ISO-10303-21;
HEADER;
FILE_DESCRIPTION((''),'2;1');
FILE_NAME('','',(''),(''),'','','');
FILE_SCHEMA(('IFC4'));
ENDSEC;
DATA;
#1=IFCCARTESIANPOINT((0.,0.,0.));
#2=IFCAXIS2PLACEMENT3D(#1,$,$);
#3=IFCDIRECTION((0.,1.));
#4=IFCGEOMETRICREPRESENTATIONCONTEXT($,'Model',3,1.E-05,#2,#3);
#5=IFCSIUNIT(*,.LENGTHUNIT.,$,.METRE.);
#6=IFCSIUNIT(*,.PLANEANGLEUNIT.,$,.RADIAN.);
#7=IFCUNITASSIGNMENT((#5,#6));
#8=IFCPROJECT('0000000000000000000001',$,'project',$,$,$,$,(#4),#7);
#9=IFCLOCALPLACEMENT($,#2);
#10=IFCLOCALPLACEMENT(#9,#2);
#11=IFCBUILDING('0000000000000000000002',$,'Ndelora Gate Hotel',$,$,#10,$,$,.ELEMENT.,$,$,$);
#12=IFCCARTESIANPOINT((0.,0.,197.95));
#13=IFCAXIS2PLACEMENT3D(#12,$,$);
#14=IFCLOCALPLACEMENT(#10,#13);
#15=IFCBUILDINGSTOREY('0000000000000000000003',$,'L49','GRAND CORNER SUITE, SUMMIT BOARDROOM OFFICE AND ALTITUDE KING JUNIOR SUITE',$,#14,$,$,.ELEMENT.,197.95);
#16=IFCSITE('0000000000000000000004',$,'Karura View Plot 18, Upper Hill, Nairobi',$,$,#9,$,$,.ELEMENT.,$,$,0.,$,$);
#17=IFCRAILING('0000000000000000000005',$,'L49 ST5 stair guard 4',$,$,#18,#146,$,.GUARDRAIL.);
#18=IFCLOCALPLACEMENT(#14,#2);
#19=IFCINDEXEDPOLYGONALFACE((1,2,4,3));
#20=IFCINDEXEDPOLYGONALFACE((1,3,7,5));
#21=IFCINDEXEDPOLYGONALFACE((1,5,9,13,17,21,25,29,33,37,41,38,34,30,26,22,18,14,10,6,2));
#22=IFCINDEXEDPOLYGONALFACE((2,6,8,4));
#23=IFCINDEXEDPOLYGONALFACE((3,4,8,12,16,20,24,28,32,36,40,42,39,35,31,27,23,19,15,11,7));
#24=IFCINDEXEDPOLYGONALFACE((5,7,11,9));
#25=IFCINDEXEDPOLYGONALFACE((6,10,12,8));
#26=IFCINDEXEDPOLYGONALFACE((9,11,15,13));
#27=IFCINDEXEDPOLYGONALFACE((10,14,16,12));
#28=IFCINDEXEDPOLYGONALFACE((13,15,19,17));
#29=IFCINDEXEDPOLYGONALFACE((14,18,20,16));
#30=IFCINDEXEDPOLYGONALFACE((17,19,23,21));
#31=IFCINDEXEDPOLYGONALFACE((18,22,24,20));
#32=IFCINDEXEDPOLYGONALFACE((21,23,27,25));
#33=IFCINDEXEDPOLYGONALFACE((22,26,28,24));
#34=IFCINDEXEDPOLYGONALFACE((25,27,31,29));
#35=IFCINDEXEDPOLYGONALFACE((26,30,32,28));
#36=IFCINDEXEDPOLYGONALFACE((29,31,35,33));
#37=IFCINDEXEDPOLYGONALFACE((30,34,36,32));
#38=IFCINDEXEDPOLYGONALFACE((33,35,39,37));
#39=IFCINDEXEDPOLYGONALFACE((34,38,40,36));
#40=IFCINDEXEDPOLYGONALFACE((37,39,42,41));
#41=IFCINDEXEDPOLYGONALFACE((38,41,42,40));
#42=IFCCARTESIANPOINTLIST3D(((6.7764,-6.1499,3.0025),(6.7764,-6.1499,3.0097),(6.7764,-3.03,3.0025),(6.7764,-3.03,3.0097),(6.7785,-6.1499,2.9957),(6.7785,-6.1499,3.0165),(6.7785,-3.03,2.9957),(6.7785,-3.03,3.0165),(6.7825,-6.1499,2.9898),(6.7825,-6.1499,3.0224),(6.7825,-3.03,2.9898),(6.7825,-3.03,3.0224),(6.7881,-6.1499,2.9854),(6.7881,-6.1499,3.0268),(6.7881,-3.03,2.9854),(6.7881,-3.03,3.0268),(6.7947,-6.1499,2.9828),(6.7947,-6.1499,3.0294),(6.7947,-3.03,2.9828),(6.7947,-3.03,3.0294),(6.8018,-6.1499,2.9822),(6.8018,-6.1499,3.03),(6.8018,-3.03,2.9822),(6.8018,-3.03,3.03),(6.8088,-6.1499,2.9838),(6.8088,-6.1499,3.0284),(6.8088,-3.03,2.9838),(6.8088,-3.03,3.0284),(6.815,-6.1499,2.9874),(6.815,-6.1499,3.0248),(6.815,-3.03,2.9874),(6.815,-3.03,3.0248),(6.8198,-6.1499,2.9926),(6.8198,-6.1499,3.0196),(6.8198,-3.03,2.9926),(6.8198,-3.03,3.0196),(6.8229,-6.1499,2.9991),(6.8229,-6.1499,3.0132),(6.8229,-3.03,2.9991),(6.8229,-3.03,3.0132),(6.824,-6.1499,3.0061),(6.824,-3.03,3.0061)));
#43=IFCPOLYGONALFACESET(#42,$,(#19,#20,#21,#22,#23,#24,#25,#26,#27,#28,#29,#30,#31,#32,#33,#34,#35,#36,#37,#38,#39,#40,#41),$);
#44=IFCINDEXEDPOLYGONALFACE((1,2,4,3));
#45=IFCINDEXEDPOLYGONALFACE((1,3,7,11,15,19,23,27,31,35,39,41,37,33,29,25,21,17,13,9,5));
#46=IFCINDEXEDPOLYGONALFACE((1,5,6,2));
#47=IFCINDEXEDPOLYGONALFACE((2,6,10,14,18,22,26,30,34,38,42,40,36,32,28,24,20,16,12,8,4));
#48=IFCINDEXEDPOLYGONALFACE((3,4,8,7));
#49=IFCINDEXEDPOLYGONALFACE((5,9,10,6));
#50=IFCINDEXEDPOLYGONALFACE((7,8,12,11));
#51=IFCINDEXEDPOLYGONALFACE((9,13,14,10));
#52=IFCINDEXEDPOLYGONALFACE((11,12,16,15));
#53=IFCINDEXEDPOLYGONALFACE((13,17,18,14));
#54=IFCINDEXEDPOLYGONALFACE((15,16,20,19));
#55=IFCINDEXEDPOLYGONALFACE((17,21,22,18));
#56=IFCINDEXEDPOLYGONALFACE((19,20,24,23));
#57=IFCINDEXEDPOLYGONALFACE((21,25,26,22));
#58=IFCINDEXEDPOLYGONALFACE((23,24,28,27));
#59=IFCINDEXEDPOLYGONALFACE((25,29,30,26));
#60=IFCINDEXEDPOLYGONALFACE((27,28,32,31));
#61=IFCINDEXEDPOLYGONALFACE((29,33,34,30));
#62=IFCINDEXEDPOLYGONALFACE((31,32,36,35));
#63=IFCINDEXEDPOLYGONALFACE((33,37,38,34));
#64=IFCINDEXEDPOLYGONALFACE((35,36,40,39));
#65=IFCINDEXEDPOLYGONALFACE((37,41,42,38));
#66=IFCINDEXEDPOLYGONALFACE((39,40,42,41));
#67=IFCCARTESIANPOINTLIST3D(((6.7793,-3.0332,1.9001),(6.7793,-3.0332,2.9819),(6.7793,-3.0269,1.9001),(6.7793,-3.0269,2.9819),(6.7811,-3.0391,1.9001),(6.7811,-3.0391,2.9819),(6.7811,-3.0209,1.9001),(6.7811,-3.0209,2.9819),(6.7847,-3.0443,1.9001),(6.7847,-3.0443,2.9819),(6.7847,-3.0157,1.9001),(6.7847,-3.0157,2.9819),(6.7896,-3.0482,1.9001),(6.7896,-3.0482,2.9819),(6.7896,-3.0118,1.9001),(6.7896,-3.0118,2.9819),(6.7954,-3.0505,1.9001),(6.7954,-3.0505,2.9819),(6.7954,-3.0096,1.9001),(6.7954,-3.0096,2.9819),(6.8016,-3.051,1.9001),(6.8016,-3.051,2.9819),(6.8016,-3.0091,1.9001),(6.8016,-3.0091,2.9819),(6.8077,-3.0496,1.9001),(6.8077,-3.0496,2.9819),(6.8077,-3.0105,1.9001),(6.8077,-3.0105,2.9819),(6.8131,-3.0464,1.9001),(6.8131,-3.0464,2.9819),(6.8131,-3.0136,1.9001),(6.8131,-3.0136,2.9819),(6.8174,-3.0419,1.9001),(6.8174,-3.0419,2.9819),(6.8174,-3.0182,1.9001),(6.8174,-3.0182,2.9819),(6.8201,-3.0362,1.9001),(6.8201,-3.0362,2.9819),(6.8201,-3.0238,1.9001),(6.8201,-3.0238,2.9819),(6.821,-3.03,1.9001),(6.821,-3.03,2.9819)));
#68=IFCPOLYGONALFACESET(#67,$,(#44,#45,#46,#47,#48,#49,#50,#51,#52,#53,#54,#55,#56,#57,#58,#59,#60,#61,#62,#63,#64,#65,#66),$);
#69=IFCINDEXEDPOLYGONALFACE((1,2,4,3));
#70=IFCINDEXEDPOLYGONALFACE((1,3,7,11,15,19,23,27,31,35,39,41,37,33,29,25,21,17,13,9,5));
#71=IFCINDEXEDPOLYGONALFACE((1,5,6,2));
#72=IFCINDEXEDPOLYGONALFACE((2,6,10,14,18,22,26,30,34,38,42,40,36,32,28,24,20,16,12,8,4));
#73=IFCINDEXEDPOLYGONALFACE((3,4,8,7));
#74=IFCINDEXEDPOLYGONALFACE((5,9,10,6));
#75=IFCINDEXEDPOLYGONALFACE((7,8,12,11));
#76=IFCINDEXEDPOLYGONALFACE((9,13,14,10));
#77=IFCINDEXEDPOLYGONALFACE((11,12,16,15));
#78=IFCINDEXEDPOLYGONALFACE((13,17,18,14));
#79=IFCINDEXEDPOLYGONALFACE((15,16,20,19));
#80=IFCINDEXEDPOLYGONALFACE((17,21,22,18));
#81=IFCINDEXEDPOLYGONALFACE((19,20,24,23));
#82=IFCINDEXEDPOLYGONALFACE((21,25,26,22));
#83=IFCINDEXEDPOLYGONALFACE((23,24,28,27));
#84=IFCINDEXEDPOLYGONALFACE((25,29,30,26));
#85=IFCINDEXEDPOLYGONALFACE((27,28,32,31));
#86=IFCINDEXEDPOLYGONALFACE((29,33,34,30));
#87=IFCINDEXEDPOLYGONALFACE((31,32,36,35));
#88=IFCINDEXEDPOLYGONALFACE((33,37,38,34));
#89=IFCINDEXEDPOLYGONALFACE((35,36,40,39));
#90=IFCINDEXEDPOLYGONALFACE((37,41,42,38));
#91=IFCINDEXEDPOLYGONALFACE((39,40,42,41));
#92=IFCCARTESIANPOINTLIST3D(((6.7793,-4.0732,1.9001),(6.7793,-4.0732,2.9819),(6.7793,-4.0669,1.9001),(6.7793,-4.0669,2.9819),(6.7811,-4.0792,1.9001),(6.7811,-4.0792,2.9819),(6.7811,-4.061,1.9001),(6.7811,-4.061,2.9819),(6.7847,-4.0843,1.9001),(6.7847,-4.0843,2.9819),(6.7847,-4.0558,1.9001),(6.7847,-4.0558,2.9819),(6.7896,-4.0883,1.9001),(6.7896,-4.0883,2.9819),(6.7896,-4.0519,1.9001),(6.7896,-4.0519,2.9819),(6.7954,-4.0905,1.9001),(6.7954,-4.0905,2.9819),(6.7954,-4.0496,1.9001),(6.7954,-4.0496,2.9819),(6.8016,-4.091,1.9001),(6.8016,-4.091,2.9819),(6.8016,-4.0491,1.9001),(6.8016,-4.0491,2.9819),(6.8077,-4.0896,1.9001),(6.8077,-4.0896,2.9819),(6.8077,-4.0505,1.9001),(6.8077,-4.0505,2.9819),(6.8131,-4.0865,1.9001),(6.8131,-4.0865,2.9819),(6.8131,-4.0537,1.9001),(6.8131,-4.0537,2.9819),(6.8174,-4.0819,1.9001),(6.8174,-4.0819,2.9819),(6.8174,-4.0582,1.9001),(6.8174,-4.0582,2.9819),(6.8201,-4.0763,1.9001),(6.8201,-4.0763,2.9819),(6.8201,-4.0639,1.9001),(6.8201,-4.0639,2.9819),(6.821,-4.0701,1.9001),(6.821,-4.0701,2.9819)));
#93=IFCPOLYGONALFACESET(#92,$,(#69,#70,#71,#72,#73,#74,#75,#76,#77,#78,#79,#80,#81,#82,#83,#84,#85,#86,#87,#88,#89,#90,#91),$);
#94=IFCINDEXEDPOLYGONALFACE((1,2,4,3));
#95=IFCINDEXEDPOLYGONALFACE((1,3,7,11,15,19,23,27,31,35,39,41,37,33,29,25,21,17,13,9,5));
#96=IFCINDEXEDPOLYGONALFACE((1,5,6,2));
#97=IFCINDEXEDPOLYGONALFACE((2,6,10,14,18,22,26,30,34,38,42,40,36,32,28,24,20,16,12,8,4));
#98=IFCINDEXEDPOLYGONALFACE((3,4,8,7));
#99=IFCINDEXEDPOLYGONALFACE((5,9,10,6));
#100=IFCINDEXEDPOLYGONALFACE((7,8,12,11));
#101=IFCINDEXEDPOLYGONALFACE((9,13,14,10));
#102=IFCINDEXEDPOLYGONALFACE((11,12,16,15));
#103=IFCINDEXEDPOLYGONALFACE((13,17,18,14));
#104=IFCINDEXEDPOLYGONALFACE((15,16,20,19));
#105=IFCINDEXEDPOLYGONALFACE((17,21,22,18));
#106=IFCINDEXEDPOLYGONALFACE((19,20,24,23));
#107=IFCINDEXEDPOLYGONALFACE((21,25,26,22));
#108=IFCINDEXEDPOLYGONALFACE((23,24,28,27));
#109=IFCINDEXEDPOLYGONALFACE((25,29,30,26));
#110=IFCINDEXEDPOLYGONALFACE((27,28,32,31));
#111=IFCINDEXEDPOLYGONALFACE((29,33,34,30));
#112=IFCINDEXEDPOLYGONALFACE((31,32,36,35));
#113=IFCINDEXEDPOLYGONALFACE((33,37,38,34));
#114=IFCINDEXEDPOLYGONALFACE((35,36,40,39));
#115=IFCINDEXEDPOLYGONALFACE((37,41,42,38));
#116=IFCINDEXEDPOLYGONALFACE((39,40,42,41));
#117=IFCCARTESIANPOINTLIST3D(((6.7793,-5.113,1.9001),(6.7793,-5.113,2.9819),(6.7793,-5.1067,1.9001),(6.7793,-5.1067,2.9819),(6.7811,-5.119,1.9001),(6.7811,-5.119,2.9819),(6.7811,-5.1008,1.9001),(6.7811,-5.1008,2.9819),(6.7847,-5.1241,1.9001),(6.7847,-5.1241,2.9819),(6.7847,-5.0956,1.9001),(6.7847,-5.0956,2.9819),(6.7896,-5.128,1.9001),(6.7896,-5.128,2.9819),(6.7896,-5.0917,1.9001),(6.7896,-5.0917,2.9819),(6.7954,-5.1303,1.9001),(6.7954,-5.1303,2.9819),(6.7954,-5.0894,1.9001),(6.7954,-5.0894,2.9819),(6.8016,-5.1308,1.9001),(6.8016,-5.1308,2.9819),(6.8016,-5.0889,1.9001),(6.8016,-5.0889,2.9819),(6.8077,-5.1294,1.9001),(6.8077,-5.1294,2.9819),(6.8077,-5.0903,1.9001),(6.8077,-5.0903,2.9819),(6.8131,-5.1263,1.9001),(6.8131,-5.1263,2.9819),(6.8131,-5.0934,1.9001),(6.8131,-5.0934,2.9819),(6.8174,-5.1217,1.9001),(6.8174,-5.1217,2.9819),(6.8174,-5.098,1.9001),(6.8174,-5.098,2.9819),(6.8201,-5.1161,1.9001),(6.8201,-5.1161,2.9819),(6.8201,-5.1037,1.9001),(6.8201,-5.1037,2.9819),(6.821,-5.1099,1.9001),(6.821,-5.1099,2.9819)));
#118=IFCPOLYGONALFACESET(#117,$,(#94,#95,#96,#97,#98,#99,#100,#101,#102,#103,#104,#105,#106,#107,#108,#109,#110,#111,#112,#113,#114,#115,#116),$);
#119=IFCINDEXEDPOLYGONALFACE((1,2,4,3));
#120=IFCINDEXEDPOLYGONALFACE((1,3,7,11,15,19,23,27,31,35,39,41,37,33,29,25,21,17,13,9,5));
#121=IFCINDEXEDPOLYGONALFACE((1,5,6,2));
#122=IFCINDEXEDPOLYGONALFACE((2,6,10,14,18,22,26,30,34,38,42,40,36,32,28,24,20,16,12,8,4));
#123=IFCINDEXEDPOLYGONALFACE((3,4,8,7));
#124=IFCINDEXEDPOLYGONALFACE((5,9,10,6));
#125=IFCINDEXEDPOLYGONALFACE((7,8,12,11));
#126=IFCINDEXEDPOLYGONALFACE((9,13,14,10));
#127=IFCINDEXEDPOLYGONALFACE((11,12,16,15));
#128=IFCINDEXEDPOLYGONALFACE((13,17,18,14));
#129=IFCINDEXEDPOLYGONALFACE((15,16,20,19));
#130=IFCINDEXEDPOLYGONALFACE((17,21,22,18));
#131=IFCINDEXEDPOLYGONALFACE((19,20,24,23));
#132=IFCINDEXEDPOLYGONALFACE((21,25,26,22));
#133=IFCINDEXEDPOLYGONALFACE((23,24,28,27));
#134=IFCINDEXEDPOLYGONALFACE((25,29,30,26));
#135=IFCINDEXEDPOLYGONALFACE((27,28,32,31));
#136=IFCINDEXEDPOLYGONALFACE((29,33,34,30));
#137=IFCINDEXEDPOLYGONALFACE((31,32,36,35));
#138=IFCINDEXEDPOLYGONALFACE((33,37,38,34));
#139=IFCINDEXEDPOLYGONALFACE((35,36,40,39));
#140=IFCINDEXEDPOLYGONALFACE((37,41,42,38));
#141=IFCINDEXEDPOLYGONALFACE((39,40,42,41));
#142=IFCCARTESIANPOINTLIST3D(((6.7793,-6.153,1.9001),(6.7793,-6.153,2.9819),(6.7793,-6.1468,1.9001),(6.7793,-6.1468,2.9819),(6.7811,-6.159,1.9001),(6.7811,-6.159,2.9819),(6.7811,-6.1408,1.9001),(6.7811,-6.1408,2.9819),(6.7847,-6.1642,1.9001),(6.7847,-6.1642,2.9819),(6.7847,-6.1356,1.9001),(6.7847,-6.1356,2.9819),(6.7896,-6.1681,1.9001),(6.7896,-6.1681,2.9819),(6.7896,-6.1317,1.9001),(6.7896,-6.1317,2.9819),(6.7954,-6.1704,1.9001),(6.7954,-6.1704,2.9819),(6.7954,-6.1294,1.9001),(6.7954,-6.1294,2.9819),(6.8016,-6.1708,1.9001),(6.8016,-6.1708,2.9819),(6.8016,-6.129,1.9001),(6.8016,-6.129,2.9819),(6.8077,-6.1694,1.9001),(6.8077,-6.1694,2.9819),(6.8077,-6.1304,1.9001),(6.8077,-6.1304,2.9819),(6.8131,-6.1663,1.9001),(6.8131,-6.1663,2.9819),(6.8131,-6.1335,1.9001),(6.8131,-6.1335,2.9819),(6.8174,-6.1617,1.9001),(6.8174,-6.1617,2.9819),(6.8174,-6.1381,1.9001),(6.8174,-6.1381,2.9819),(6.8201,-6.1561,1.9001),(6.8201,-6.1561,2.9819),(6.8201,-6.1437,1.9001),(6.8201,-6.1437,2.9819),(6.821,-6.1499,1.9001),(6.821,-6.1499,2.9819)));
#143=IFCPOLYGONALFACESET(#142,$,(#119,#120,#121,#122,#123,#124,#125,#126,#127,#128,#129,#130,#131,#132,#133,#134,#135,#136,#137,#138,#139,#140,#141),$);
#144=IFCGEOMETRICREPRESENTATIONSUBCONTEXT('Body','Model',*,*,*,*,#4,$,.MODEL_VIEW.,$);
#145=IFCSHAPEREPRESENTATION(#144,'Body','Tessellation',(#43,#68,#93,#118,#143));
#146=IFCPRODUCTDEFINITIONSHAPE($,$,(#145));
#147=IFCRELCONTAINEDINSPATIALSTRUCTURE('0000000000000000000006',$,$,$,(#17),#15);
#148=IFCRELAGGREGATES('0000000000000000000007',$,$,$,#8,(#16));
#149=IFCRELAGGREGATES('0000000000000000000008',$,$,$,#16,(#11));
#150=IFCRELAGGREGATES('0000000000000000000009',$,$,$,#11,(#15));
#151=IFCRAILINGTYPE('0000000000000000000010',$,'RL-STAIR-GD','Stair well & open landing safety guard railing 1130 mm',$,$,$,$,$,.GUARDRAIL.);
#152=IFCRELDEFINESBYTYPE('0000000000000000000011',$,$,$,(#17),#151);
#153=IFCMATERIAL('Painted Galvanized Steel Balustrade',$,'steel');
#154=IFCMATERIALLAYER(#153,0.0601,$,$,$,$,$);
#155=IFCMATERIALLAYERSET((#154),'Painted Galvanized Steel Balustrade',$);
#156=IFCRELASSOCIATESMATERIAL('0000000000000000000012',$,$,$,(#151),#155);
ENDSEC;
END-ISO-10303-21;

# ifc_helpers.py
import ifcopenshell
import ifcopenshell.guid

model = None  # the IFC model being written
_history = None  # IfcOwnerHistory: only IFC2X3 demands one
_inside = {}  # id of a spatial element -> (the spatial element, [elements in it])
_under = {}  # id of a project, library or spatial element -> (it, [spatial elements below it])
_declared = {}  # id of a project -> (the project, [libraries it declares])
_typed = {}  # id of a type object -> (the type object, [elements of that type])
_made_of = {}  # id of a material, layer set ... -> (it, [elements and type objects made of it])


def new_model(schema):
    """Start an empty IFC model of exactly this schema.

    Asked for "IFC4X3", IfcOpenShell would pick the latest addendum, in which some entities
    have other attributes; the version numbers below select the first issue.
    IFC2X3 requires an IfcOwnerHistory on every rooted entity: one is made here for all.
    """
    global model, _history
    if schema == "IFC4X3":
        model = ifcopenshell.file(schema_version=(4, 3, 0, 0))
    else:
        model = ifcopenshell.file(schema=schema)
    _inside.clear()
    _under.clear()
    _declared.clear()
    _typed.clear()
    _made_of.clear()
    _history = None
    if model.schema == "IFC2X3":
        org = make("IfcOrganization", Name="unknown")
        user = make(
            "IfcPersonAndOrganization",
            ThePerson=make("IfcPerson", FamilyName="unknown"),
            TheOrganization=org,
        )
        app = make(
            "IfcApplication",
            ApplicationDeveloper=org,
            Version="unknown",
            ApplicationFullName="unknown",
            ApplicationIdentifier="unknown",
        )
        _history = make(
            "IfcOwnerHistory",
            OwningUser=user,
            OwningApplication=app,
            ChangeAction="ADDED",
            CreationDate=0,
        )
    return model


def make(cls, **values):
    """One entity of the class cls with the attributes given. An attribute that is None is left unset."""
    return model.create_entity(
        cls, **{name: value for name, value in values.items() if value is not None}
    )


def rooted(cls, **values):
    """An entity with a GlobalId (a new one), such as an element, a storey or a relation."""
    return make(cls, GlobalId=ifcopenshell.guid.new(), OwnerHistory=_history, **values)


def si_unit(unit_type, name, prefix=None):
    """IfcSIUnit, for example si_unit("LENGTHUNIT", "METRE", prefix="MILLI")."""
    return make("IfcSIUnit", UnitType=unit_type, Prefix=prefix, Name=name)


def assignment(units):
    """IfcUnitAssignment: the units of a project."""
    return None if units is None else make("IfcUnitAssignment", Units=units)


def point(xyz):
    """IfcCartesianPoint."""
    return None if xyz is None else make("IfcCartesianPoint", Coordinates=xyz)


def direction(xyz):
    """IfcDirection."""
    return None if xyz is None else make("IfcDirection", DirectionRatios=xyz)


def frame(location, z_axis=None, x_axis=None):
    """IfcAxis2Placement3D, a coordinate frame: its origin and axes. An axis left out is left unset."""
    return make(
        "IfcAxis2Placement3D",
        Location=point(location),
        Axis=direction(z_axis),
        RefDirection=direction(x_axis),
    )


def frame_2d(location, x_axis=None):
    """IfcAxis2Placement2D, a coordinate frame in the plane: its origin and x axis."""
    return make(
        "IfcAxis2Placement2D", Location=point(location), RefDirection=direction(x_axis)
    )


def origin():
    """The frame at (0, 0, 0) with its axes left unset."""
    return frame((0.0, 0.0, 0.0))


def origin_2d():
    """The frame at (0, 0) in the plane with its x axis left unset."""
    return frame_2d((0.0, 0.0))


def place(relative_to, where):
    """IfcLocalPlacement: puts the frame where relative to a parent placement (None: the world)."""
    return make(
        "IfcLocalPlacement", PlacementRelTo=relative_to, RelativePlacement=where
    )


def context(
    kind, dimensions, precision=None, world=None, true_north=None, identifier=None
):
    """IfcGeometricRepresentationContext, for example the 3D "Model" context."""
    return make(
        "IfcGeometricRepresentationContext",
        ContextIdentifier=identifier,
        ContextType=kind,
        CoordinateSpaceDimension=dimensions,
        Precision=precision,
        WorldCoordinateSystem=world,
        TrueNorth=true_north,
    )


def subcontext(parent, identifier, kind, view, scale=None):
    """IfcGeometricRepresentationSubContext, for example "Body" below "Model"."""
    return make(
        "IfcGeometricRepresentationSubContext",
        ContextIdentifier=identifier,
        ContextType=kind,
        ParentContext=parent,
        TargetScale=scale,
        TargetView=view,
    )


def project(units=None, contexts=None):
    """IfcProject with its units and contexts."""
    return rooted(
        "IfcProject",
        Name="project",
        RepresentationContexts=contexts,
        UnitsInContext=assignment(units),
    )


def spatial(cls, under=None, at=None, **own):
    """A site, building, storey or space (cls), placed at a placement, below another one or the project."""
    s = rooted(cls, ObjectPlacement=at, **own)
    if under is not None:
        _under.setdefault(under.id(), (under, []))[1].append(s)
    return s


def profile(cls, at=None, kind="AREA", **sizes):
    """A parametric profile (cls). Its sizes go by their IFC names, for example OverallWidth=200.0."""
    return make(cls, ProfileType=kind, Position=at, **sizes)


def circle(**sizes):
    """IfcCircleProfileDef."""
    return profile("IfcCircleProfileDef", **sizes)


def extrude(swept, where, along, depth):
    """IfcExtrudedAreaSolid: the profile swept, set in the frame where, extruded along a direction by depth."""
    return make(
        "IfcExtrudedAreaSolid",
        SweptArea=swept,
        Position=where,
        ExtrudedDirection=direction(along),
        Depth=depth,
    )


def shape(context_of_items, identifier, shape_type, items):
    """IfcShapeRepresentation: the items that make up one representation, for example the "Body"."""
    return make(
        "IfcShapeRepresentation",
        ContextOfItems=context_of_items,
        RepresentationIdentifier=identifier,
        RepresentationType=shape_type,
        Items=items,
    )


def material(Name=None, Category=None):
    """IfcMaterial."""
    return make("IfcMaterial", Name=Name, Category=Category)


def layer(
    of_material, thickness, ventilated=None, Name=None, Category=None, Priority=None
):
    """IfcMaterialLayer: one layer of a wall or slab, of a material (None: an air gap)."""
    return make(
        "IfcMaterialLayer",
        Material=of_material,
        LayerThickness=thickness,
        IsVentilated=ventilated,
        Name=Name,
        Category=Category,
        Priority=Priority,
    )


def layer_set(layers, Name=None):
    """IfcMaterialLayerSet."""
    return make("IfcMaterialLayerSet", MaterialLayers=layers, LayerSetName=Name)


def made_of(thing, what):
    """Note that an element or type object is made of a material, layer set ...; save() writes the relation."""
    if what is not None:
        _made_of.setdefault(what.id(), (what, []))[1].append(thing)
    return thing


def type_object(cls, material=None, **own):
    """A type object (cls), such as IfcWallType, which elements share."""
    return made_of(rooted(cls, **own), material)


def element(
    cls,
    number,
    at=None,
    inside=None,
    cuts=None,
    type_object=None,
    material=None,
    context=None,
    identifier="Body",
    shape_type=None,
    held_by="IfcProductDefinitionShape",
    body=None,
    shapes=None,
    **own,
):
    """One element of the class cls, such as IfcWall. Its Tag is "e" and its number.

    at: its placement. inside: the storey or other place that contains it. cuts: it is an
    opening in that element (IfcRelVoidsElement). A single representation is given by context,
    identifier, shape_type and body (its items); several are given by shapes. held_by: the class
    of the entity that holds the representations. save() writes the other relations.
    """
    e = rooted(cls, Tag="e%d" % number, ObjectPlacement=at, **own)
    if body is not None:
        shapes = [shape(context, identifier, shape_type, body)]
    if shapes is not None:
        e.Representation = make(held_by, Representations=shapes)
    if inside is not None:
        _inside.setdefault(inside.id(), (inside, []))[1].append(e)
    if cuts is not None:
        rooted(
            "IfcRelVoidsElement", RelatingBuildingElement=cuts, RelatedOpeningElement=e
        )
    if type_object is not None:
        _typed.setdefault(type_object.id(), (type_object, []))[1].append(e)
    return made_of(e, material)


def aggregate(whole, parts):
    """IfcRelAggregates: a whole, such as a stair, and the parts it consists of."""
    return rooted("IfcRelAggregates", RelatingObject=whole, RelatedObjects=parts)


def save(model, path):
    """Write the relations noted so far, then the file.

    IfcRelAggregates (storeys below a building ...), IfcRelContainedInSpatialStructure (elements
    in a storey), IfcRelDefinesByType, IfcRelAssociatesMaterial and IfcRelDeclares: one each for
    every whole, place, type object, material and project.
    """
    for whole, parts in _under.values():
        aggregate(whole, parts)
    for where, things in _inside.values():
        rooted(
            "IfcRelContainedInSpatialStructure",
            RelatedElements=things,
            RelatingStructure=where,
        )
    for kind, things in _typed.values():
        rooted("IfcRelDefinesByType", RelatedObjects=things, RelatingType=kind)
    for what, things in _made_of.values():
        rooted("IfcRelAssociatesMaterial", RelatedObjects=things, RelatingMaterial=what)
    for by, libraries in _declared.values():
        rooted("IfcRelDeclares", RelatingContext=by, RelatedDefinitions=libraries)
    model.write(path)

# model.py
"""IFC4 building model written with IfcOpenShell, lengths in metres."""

from ifc_helpers import new_model, si_unit, direction, frame, origin, origin_2d, place, context, subcontext, project, spatial, circle, extrude, material, layer, layer_set, type_object, element, save


model = new_model("IFC4")

# Units and contexts
model_context = context("Model", 3, precision=1e-05, world=origin(), true_north=direction((0.0, 1.0)))
body_context = subcontext(model_context, "Body", "Model", "MODEL_VIEW")
ifc_project = project(units=[si_unit("LENGTHUNIT", "METRE"), si_unit("PLANEANGLEUNIT", "RADIAN")], contexts=[model_context])

# Site, building, storey
site_placement = place(None, origin())
site = spatial("IfcSite", under=ifc_project, at=site_placement, Name="Karura View Plot 18, Upper Hill, Nairobi", CompositionType="ELEMENT", RefElevation=0.0)
building_placement = place(site_placement, origin())
building = spatial("IfcBuilding", under=site, at=building_placement, Name="Ndelora Gate Hotel", CompositionType="ELEMENT")
storey_placement = place(building_placement, frame((0.0, 0.0, 197.95)))
storey = spatial("IfcBuildingStorey", under=building, at=storey_placement, Name="L49", Description="GRAND CORNER SUITE, SUMMIT BOARDROOM OFFICE AND ALTITUDE KING JUNIOR SUITE", CompositionType="ELEMENT", Elevation=197.95)

# Railing
ifc_material_1 = material(Name="Painted Galvanized Steel Balustrade", Category="steel")
ifc_layer_1 = layer(ifc_material_1, 0.0601)
ifc_layer_set_1 = layer_set([ifc_layer_1], Name="Painted Galvanized Steel Balustrade")
railing_type_1 = type_object("IfcRailingType", Name="RL-STAIR-GD", Description="Stair well & open landing safety guard railing 1130 mm", PredefinedType="GUARDRAIL", material=ifc_layer_set_1)
for number, where, name in (
    (1, (6.8, -3.03, 1.9001), "L49 ST5 stair guard 4"),
):
    element("IfcRailing", number, at=place(storey_placement, frame(where)), inside=storey, type_object=railing_type_1, Name=name, PredefinedType="GUARDRAIL", context=body_context, shape_type="SweptSolid", body=[
        extrude(circle(Radius=0.0239, at=origin_2d()), frame((0.0, 0.0, 1.106), z_axis=(0.0, -1.0, 0.0), x_axis=(1.0, 0.0, 0.0)), (0.0, 0.0, 1.0), 3.1199),
        extrude(circle(Radius=0.021, at=origin_2d()), origin(), (0.0, 0.0, 1.0), 1.0818),
        extrude(circle(Radius=0.021, at=origin_2d()), frame((0.0, -1.04, 0.0)), (0.0, 0.0, 1.0), 1.0818),
        extrude(circle(Radius=0.021, at=origin_2d()), frame((0.0, -2.0798, 0.0)), (0.0, 0.0, 1.0), 1.0818),
        extrude(circle(Radius=0.021, at=origin_2d()), frame((0.0, -3.1199, 0.0)), (0.0, 0.0, 1.0), 1.0818),
    ])

save(model, "model.ifc")
